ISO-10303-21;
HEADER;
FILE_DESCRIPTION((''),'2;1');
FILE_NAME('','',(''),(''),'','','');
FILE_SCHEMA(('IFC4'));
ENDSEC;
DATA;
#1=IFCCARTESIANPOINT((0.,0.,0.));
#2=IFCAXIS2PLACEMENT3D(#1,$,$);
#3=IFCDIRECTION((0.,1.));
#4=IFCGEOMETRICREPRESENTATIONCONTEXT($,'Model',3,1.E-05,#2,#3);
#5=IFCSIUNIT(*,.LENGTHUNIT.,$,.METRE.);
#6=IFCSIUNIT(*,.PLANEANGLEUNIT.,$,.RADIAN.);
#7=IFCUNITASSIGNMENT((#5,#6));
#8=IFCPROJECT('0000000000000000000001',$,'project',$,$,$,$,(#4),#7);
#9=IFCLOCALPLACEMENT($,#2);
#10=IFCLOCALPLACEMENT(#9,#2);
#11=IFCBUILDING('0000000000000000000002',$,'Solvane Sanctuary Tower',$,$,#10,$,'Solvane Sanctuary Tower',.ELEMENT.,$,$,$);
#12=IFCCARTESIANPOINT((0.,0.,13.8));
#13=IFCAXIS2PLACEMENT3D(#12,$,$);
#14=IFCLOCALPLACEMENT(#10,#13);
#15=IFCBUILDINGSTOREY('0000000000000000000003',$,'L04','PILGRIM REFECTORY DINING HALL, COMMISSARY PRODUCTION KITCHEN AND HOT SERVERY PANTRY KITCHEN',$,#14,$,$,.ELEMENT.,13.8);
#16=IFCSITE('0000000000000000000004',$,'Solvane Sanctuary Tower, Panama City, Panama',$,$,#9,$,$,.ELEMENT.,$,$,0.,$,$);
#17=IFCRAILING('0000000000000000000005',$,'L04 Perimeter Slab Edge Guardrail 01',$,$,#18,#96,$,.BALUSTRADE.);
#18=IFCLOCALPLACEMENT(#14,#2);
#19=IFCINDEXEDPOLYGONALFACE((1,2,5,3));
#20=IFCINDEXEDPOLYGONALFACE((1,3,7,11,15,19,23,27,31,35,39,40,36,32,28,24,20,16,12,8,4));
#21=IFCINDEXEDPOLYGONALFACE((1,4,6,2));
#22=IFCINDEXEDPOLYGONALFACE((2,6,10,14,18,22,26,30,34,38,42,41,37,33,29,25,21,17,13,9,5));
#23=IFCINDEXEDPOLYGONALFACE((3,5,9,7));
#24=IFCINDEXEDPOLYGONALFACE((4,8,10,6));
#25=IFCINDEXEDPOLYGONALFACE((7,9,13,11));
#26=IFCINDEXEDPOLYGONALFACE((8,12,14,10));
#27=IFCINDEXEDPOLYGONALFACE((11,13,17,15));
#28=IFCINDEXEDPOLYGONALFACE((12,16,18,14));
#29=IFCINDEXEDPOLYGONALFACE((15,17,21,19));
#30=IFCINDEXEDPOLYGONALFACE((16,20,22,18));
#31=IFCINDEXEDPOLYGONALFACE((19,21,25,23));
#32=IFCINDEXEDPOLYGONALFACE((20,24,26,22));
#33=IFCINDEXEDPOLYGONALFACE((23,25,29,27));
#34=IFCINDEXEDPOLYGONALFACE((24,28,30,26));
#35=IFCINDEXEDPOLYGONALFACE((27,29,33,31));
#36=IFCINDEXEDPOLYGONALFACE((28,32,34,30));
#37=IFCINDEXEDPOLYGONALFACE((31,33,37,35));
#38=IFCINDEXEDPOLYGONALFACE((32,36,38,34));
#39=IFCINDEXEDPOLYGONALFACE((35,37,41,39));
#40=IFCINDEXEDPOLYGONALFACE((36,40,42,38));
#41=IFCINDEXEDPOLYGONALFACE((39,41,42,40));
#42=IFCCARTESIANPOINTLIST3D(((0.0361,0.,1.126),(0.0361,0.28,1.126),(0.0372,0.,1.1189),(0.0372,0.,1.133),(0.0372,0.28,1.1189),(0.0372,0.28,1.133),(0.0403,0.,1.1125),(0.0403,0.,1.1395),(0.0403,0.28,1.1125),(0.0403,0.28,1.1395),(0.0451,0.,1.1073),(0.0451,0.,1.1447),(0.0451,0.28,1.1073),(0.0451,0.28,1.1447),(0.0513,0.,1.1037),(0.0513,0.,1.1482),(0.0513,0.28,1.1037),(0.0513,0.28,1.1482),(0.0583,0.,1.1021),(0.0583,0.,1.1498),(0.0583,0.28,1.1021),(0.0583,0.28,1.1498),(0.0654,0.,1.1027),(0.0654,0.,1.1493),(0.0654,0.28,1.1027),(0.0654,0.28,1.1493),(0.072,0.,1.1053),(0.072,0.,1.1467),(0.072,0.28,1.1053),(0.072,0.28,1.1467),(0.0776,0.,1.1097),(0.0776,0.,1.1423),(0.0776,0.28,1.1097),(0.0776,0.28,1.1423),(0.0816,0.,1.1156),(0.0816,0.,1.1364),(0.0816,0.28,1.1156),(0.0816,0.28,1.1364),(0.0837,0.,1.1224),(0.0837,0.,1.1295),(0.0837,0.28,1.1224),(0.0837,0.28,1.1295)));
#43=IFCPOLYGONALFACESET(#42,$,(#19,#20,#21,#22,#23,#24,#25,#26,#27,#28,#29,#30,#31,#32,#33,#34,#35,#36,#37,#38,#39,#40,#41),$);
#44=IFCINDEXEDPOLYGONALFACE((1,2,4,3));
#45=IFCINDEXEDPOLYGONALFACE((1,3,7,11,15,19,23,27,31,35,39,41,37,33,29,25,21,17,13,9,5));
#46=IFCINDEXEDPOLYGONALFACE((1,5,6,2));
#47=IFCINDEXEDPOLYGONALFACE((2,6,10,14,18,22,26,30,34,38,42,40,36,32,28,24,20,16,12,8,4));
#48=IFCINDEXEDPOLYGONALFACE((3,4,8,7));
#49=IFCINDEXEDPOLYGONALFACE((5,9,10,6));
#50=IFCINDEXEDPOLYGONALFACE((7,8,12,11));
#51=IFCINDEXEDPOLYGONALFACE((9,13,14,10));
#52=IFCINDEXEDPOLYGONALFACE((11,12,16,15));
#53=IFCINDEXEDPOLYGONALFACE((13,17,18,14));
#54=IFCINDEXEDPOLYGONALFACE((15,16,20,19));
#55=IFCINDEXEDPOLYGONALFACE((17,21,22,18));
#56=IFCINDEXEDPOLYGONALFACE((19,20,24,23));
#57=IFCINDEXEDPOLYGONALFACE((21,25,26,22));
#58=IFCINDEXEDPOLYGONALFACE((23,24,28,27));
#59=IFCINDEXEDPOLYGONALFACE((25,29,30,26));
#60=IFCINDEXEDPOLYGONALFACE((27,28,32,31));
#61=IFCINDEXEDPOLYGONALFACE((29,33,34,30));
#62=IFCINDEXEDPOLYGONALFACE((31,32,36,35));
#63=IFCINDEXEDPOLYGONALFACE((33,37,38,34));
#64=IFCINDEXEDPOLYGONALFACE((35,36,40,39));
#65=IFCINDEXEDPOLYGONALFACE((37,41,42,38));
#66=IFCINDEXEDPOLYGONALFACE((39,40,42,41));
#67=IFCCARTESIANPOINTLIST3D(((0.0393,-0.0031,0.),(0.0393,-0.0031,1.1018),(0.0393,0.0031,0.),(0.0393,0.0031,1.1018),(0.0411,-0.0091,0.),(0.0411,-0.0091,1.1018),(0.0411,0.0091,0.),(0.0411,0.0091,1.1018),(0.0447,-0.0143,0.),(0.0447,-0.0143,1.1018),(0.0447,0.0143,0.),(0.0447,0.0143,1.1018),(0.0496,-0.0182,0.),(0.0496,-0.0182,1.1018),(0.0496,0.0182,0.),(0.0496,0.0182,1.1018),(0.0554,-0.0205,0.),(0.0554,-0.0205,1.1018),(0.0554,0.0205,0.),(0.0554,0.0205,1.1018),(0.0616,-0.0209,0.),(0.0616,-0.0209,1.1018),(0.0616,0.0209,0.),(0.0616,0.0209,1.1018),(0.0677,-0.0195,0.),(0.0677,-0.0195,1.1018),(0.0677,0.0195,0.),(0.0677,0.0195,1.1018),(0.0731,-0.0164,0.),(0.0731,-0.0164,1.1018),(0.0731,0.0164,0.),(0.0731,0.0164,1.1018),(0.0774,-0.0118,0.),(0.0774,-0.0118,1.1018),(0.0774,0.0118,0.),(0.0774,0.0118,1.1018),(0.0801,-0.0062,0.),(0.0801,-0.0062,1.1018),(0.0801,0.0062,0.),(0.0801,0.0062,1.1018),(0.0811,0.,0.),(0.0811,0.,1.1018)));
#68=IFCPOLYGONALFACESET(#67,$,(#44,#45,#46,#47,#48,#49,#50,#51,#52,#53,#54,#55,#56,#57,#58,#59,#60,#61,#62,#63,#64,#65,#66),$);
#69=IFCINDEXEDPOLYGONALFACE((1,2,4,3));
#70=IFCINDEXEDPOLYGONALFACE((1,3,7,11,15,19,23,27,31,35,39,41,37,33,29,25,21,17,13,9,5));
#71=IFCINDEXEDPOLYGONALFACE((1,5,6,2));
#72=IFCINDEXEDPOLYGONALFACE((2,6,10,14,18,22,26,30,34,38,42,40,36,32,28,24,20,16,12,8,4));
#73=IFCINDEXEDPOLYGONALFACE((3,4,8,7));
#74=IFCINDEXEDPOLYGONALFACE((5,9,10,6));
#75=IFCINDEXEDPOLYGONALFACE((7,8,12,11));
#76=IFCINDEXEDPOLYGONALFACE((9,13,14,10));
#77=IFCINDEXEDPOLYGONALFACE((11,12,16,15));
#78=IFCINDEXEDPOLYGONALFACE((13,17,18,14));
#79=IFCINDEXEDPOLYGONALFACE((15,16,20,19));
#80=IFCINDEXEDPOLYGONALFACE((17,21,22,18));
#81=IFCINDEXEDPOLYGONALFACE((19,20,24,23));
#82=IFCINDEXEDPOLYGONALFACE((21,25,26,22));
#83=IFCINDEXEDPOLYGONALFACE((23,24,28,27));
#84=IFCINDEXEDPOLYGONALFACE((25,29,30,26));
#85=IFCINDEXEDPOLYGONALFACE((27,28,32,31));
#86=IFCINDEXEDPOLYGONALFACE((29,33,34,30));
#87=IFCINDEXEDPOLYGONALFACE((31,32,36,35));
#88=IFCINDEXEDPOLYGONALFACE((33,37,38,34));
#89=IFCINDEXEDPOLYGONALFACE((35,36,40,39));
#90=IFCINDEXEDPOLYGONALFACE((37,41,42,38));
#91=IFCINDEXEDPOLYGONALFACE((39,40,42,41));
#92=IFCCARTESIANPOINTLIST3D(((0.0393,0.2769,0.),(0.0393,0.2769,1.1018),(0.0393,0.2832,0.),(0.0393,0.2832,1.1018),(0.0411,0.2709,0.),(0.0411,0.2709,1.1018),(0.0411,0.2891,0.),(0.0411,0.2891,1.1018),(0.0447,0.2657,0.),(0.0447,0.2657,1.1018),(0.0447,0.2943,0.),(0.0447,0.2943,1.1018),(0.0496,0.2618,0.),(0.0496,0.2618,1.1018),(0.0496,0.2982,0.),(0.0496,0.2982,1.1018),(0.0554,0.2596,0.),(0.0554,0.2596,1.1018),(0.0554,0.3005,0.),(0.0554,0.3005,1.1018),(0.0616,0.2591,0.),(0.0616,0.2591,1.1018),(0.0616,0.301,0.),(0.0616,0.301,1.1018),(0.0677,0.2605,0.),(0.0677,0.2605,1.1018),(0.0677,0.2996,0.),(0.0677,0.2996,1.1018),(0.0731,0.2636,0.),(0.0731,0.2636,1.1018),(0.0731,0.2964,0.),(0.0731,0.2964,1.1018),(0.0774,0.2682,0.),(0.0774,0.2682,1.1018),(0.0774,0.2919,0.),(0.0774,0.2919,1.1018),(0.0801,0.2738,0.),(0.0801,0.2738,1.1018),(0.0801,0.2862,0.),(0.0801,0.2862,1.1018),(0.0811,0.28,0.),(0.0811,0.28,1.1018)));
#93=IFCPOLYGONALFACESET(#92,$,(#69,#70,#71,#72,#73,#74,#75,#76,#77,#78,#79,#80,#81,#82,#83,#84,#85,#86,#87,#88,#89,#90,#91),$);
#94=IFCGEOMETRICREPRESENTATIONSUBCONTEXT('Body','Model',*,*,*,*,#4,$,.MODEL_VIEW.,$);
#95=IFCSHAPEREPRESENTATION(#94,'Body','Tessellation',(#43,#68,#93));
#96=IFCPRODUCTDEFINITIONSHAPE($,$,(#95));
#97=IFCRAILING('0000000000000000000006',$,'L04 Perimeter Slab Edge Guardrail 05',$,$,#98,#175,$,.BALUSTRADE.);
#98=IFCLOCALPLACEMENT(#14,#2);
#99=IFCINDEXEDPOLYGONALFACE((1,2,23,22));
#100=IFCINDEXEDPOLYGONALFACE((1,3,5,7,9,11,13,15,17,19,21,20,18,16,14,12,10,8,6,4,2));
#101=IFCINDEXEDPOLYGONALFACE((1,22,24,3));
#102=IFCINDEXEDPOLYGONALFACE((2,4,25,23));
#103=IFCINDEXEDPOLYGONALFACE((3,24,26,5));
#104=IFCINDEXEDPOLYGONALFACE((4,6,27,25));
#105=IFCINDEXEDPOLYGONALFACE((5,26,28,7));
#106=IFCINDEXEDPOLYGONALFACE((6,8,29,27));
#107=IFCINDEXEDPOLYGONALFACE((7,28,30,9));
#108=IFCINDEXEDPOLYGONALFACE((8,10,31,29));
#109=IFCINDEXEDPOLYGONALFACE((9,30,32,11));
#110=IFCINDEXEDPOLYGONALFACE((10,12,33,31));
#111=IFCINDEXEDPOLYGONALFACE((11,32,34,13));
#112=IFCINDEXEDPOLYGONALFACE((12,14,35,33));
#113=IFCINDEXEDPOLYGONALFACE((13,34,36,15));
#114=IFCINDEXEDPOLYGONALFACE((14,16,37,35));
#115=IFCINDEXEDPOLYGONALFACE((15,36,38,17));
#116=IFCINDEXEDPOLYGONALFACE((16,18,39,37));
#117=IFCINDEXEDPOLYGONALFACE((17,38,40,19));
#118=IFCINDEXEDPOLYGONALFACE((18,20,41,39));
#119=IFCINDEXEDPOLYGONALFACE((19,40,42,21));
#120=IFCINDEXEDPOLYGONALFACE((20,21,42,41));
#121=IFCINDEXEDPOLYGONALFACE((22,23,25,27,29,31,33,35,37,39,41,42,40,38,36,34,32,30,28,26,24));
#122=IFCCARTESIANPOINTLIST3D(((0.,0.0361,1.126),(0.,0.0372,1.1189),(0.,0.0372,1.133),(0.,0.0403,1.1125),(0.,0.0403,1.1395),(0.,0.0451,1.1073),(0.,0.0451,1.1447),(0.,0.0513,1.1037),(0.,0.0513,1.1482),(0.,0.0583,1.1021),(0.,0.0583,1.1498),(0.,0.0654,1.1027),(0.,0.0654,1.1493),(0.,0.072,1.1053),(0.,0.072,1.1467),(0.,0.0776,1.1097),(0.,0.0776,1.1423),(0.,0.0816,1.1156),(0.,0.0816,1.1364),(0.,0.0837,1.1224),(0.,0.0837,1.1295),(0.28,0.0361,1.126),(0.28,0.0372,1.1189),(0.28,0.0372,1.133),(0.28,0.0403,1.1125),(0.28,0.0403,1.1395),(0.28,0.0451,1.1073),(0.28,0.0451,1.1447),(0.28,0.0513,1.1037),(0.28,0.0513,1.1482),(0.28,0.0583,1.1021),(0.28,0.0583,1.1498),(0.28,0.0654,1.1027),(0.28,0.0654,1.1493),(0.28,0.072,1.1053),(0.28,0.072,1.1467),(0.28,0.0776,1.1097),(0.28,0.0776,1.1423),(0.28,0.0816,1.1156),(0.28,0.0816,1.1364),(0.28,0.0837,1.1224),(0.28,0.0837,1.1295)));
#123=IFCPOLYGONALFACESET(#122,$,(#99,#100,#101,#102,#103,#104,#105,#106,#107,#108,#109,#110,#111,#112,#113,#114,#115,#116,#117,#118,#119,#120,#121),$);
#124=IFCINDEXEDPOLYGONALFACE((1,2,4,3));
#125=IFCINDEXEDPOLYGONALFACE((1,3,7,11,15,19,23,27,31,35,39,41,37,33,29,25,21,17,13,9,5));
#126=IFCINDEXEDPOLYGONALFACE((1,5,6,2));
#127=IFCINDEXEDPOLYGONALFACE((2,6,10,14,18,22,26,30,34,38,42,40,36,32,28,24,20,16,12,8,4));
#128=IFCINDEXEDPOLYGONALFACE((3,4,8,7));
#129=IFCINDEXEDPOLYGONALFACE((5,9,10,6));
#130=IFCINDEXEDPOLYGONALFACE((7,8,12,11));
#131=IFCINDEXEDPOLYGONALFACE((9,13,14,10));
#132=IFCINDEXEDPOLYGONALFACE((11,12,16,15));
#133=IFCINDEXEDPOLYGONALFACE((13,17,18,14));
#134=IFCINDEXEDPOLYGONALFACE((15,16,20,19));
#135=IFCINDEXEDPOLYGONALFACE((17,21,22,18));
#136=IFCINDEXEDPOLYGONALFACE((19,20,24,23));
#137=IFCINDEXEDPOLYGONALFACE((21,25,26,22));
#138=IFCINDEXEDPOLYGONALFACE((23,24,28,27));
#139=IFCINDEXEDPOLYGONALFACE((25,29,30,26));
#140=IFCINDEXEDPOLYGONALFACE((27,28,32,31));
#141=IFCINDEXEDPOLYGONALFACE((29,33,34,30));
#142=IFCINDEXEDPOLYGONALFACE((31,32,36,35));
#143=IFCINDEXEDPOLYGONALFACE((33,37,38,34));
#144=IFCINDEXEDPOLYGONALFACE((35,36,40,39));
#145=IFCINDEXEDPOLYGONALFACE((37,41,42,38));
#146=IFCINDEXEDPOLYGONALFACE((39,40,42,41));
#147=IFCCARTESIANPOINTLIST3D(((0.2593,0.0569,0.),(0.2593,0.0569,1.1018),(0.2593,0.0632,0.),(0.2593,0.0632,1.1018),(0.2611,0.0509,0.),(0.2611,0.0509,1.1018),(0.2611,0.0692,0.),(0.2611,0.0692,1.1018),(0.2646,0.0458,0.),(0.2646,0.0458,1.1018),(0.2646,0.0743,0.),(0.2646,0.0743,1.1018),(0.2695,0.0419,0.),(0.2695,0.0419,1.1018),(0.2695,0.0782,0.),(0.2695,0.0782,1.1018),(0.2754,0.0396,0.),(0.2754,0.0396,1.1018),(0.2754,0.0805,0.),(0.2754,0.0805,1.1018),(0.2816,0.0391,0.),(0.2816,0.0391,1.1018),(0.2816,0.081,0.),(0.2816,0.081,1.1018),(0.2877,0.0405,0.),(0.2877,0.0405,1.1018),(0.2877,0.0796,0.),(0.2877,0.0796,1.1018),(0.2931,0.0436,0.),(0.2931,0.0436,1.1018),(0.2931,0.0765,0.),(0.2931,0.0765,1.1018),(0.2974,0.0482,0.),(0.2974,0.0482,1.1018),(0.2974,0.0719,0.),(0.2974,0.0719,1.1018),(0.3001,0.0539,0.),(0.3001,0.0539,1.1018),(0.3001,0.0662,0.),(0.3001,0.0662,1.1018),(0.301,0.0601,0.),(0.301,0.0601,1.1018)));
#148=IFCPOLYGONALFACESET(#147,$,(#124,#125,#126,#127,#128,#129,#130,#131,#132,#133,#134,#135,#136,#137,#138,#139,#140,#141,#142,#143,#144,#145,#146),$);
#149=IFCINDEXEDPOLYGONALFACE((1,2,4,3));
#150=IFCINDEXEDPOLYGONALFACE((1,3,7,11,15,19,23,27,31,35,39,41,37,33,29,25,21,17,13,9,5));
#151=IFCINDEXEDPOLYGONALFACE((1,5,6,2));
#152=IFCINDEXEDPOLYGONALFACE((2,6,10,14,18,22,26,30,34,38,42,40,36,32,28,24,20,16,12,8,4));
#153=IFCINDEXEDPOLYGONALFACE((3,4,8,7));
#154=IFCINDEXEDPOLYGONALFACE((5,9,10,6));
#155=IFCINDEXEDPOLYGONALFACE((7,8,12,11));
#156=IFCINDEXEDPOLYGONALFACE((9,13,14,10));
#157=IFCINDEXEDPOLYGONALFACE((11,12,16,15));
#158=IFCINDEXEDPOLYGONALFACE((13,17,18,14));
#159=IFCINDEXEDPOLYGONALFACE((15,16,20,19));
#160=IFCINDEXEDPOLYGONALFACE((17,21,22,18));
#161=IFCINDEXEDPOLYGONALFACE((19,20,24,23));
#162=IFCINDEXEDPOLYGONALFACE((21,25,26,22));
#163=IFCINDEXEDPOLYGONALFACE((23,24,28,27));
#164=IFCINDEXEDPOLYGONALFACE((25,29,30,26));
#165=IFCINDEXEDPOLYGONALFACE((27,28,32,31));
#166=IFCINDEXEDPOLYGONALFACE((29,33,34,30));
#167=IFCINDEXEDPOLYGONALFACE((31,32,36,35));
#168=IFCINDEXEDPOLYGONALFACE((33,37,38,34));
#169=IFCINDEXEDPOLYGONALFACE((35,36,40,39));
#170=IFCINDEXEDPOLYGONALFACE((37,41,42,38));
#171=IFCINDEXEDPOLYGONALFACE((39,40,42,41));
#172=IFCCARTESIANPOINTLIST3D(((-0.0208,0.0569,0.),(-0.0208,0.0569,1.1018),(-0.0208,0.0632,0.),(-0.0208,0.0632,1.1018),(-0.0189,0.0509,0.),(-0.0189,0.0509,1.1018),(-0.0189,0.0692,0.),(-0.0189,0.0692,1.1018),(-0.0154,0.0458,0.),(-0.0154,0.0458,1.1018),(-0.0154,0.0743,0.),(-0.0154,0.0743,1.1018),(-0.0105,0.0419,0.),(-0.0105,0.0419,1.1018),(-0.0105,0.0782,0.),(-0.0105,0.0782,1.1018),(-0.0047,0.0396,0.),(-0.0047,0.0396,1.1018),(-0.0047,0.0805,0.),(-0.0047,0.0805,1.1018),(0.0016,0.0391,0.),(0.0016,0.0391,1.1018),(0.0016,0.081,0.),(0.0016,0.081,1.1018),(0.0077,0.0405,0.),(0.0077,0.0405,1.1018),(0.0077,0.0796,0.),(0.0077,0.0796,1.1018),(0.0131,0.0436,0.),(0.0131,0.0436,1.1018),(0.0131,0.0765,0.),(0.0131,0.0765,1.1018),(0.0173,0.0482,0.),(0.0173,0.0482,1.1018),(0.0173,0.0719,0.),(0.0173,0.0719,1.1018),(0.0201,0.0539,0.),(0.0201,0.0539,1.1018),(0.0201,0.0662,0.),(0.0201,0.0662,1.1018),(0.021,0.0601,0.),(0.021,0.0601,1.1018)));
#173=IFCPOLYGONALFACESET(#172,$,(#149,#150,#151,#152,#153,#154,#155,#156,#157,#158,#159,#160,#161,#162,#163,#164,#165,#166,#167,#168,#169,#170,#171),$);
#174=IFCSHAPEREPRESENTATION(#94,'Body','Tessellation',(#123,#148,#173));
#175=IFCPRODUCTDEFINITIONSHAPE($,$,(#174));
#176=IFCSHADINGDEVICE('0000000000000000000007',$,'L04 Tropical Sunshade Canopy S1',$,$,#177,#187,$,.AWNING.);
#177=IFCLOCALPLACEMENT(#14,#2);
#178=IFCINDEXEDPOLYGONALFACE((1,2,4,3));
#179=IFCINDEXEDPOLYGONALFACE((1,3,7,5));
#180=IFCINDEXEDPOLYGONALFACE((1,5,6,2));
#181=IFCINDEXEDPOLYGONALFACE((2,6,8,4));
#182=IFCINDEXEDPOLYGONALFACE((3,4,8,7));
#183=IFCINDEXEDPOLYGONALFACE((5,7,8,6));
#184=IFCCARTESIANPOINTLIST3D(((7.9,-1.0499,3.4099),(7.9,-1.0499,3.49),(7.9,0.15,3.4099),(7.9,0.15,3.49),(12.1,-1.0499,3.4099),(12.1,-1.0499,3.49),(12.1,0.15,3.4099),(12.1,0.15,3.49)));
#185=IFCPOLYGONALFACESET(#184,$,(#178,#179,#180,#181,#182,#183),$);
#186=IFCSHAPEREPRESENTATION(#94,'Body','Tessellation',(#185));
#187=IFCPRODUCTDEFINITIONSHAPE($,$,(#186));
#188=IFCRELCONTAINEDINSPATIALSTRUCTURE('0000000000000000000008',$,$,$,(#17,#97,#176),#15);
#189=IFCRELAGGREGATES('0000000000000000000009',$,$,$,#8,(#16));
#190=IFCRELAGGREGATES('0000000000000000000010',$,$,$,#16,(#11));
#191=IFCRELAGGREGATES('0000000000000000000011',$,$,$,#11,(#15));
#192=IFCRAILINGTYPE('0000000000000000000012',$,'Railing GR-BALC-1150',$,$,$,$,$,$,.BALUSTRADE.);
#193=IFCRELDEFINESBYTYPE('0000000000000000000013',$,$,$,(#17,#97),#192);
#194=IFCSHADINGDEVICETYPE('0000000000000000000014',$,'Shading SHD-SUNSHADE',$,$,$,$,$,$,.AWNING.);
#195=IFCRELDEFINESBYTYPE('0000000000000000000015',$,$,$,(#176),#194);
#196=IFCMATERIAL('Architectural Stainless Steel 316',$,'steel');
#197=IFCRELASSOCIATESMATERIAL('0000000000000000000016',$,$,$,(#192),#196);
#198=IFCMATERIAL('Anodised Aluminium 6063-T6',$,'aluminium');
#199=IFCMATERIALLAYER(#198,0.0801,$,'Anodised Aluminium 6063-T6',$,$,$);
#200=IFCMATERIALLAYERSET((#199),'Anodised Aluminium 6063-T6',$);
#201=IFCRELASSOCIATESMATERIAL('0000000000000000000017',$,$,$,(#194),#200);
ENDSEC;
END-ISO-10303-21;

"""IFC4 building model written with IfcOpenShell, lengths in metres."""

from ifc_helpers import new_model, si_unit, direction, frame, origin, origin_2d, place, context, subcontext, project, spatial, rectangle, circle, extrude, material, layer, layer_set, type_object, element, save


model = new_model("IFC4")

# Units and contexts
model_context = context("Model", 3, precision=1e-05, world=origin(), true_north=direction((0.0, 1.0)))
body_context = subcontext(model_context, "Body", "Model", "MODEL_VIEW")
ifc_project = project(units=[si_unit("LENGTHUNIT", "METRE"), si_unit("PLANEANGLEUNIT", "RADIAN")], contexts=[model_context])

# Site, building, storey
site_placement = place(None, origin())
site = spatial("IfcSite", under=ifc_project, at=site_placement, Name="Solvane Sanctuary Tower, Panama City, Panama", CompositionType="ELEMENT", RefElevation=0.0)
building_placement = place(site_placement, origin())
building = spatial("IfcBuilding", under=site, at=building_placement, Name="Solvane Sanctuary Tower", LongName="Solvane Sanctuary Tower", CompositionType="ELEMENT")
storey_placement = place(building_placement, frame((0.0, 0.0, 13.8)))
storey = spatial("IfcBuildingStorey", under=building, at=storey_placement, Name="L04", Description="PILGRIM REFECTORY DINING HALL, COMMISSARY PRODUCTION KITCHEN AND HOT SERVERY PANTRY KITCHEN", CompositionType="ELEMENT", Elevation=13.8)

# Shared definitions
ifc_material_1 = material(Name="Architectural Stainless Steel 316", Category="steel")

# Railings
railing_type = type_object("IfcRailingType", Name="Railing GR-BALC-1150", PredefinedType="BALUSTRADE", material=ifc_material_1)
railing_1_placement = place(storey_placement, frame((0.0601, 0.0, 0.0)))
element("IfcRailing", 1, at=railing_1_placement, inside=storey, type_object=railing_type, Name="L04 Perimeter Slab Edge Guardrail 01", PredefinedType="BALUSTRADE", context=body_context, shape_type="SweptSolid", body=[
    extrude(circle(Radius=0.0239, at=origin_2d()), frame((0.0, 0.0, 1.126), z_axis=(0.0, 1.0, 0.0), x_axis=(-1.0, 0.0, 0.0)), (0.0, 0.0, 1.0), 0.28),
    extrude(circle(Radius=0.021, at=origin_2d()), origin(), (0.0, 0.0, 1.0), 1.1018),
    extrude(circle(Radius=0.021, at=origin_2d()), frame((0.0, 0.28, 0.0)), (0.0, 0.0, 1.0), 1.1018),
])
railing_2_placement = place(storey_placement, frame((0.28, 0.0601, 0.0)))
element("IfcRailing", 2, at=railing_2_placement, inside=storey, type_object=railing_type, Name="L04 Perimeter Slab Edge Guardrail 05", PredefinedType="BALUSTRADE", context=body_context, shape_type="SweptSolid", body=[
    extrude(circle(Radius=0.0239, at=origin_2d()), frame((0.0, 0.0, 1.126), z_axis=(-1.0, 0.0, 0.0), x_axis=(0.0, -1.0, 0.0)), (0.0, 0.0, 1.0), 0.28),
    extrude(circle(Radius=0.021, at=origin_2d()), origin(), (0.0, 0.0, 1.0), 1.1018),
    extrude(circle(Radius=0.021, at=origin_2d()), frame((-0.28, 0.0, 0.0)), (0.0, 0.0, 1.0), 1.1018),
])

# Shading device
ifc_material_2 = material(Name="Anodised Aluminium 6063-T6", Category="aluminium")
ifc_layer_1 = layer(ifc_material_2, 0.0801, Name="Anodised Aluminium 6063-T6")
ifc_layer_set_1 = layer_set([ifc_layer_1], Name="Anodised Aluminium 6063-T6")
shading_device_type = type_object("IfcShadingDeviceType", Name="Shading SHD-SUNSHADE", PredefinedType="AWNING", material=ifc_layer_set_1)
shading_device_placement = place(storey_placement, frame((10.0, -0.45, 3.4099), z_axis=(0.0, 0.0, 1.0), x_axis=(1.0, 0.0, 0.0)))
element("IfcShadingDevice", 3, at=shading_device_placement, inside=storey, type_object=shading_device_type, Name="L04 Tropical Sunshade Canopy S1", PredefinedType="AWNING", context=body_context, shape_type="SweptSolid", body=[
    extrude(rectangle(XDim=4.2, YDim=1.2, at=origin_2d()), origin(), (0.0, 0.0, 1.0), 0.0801),
])

save(model, "model.ifc")
